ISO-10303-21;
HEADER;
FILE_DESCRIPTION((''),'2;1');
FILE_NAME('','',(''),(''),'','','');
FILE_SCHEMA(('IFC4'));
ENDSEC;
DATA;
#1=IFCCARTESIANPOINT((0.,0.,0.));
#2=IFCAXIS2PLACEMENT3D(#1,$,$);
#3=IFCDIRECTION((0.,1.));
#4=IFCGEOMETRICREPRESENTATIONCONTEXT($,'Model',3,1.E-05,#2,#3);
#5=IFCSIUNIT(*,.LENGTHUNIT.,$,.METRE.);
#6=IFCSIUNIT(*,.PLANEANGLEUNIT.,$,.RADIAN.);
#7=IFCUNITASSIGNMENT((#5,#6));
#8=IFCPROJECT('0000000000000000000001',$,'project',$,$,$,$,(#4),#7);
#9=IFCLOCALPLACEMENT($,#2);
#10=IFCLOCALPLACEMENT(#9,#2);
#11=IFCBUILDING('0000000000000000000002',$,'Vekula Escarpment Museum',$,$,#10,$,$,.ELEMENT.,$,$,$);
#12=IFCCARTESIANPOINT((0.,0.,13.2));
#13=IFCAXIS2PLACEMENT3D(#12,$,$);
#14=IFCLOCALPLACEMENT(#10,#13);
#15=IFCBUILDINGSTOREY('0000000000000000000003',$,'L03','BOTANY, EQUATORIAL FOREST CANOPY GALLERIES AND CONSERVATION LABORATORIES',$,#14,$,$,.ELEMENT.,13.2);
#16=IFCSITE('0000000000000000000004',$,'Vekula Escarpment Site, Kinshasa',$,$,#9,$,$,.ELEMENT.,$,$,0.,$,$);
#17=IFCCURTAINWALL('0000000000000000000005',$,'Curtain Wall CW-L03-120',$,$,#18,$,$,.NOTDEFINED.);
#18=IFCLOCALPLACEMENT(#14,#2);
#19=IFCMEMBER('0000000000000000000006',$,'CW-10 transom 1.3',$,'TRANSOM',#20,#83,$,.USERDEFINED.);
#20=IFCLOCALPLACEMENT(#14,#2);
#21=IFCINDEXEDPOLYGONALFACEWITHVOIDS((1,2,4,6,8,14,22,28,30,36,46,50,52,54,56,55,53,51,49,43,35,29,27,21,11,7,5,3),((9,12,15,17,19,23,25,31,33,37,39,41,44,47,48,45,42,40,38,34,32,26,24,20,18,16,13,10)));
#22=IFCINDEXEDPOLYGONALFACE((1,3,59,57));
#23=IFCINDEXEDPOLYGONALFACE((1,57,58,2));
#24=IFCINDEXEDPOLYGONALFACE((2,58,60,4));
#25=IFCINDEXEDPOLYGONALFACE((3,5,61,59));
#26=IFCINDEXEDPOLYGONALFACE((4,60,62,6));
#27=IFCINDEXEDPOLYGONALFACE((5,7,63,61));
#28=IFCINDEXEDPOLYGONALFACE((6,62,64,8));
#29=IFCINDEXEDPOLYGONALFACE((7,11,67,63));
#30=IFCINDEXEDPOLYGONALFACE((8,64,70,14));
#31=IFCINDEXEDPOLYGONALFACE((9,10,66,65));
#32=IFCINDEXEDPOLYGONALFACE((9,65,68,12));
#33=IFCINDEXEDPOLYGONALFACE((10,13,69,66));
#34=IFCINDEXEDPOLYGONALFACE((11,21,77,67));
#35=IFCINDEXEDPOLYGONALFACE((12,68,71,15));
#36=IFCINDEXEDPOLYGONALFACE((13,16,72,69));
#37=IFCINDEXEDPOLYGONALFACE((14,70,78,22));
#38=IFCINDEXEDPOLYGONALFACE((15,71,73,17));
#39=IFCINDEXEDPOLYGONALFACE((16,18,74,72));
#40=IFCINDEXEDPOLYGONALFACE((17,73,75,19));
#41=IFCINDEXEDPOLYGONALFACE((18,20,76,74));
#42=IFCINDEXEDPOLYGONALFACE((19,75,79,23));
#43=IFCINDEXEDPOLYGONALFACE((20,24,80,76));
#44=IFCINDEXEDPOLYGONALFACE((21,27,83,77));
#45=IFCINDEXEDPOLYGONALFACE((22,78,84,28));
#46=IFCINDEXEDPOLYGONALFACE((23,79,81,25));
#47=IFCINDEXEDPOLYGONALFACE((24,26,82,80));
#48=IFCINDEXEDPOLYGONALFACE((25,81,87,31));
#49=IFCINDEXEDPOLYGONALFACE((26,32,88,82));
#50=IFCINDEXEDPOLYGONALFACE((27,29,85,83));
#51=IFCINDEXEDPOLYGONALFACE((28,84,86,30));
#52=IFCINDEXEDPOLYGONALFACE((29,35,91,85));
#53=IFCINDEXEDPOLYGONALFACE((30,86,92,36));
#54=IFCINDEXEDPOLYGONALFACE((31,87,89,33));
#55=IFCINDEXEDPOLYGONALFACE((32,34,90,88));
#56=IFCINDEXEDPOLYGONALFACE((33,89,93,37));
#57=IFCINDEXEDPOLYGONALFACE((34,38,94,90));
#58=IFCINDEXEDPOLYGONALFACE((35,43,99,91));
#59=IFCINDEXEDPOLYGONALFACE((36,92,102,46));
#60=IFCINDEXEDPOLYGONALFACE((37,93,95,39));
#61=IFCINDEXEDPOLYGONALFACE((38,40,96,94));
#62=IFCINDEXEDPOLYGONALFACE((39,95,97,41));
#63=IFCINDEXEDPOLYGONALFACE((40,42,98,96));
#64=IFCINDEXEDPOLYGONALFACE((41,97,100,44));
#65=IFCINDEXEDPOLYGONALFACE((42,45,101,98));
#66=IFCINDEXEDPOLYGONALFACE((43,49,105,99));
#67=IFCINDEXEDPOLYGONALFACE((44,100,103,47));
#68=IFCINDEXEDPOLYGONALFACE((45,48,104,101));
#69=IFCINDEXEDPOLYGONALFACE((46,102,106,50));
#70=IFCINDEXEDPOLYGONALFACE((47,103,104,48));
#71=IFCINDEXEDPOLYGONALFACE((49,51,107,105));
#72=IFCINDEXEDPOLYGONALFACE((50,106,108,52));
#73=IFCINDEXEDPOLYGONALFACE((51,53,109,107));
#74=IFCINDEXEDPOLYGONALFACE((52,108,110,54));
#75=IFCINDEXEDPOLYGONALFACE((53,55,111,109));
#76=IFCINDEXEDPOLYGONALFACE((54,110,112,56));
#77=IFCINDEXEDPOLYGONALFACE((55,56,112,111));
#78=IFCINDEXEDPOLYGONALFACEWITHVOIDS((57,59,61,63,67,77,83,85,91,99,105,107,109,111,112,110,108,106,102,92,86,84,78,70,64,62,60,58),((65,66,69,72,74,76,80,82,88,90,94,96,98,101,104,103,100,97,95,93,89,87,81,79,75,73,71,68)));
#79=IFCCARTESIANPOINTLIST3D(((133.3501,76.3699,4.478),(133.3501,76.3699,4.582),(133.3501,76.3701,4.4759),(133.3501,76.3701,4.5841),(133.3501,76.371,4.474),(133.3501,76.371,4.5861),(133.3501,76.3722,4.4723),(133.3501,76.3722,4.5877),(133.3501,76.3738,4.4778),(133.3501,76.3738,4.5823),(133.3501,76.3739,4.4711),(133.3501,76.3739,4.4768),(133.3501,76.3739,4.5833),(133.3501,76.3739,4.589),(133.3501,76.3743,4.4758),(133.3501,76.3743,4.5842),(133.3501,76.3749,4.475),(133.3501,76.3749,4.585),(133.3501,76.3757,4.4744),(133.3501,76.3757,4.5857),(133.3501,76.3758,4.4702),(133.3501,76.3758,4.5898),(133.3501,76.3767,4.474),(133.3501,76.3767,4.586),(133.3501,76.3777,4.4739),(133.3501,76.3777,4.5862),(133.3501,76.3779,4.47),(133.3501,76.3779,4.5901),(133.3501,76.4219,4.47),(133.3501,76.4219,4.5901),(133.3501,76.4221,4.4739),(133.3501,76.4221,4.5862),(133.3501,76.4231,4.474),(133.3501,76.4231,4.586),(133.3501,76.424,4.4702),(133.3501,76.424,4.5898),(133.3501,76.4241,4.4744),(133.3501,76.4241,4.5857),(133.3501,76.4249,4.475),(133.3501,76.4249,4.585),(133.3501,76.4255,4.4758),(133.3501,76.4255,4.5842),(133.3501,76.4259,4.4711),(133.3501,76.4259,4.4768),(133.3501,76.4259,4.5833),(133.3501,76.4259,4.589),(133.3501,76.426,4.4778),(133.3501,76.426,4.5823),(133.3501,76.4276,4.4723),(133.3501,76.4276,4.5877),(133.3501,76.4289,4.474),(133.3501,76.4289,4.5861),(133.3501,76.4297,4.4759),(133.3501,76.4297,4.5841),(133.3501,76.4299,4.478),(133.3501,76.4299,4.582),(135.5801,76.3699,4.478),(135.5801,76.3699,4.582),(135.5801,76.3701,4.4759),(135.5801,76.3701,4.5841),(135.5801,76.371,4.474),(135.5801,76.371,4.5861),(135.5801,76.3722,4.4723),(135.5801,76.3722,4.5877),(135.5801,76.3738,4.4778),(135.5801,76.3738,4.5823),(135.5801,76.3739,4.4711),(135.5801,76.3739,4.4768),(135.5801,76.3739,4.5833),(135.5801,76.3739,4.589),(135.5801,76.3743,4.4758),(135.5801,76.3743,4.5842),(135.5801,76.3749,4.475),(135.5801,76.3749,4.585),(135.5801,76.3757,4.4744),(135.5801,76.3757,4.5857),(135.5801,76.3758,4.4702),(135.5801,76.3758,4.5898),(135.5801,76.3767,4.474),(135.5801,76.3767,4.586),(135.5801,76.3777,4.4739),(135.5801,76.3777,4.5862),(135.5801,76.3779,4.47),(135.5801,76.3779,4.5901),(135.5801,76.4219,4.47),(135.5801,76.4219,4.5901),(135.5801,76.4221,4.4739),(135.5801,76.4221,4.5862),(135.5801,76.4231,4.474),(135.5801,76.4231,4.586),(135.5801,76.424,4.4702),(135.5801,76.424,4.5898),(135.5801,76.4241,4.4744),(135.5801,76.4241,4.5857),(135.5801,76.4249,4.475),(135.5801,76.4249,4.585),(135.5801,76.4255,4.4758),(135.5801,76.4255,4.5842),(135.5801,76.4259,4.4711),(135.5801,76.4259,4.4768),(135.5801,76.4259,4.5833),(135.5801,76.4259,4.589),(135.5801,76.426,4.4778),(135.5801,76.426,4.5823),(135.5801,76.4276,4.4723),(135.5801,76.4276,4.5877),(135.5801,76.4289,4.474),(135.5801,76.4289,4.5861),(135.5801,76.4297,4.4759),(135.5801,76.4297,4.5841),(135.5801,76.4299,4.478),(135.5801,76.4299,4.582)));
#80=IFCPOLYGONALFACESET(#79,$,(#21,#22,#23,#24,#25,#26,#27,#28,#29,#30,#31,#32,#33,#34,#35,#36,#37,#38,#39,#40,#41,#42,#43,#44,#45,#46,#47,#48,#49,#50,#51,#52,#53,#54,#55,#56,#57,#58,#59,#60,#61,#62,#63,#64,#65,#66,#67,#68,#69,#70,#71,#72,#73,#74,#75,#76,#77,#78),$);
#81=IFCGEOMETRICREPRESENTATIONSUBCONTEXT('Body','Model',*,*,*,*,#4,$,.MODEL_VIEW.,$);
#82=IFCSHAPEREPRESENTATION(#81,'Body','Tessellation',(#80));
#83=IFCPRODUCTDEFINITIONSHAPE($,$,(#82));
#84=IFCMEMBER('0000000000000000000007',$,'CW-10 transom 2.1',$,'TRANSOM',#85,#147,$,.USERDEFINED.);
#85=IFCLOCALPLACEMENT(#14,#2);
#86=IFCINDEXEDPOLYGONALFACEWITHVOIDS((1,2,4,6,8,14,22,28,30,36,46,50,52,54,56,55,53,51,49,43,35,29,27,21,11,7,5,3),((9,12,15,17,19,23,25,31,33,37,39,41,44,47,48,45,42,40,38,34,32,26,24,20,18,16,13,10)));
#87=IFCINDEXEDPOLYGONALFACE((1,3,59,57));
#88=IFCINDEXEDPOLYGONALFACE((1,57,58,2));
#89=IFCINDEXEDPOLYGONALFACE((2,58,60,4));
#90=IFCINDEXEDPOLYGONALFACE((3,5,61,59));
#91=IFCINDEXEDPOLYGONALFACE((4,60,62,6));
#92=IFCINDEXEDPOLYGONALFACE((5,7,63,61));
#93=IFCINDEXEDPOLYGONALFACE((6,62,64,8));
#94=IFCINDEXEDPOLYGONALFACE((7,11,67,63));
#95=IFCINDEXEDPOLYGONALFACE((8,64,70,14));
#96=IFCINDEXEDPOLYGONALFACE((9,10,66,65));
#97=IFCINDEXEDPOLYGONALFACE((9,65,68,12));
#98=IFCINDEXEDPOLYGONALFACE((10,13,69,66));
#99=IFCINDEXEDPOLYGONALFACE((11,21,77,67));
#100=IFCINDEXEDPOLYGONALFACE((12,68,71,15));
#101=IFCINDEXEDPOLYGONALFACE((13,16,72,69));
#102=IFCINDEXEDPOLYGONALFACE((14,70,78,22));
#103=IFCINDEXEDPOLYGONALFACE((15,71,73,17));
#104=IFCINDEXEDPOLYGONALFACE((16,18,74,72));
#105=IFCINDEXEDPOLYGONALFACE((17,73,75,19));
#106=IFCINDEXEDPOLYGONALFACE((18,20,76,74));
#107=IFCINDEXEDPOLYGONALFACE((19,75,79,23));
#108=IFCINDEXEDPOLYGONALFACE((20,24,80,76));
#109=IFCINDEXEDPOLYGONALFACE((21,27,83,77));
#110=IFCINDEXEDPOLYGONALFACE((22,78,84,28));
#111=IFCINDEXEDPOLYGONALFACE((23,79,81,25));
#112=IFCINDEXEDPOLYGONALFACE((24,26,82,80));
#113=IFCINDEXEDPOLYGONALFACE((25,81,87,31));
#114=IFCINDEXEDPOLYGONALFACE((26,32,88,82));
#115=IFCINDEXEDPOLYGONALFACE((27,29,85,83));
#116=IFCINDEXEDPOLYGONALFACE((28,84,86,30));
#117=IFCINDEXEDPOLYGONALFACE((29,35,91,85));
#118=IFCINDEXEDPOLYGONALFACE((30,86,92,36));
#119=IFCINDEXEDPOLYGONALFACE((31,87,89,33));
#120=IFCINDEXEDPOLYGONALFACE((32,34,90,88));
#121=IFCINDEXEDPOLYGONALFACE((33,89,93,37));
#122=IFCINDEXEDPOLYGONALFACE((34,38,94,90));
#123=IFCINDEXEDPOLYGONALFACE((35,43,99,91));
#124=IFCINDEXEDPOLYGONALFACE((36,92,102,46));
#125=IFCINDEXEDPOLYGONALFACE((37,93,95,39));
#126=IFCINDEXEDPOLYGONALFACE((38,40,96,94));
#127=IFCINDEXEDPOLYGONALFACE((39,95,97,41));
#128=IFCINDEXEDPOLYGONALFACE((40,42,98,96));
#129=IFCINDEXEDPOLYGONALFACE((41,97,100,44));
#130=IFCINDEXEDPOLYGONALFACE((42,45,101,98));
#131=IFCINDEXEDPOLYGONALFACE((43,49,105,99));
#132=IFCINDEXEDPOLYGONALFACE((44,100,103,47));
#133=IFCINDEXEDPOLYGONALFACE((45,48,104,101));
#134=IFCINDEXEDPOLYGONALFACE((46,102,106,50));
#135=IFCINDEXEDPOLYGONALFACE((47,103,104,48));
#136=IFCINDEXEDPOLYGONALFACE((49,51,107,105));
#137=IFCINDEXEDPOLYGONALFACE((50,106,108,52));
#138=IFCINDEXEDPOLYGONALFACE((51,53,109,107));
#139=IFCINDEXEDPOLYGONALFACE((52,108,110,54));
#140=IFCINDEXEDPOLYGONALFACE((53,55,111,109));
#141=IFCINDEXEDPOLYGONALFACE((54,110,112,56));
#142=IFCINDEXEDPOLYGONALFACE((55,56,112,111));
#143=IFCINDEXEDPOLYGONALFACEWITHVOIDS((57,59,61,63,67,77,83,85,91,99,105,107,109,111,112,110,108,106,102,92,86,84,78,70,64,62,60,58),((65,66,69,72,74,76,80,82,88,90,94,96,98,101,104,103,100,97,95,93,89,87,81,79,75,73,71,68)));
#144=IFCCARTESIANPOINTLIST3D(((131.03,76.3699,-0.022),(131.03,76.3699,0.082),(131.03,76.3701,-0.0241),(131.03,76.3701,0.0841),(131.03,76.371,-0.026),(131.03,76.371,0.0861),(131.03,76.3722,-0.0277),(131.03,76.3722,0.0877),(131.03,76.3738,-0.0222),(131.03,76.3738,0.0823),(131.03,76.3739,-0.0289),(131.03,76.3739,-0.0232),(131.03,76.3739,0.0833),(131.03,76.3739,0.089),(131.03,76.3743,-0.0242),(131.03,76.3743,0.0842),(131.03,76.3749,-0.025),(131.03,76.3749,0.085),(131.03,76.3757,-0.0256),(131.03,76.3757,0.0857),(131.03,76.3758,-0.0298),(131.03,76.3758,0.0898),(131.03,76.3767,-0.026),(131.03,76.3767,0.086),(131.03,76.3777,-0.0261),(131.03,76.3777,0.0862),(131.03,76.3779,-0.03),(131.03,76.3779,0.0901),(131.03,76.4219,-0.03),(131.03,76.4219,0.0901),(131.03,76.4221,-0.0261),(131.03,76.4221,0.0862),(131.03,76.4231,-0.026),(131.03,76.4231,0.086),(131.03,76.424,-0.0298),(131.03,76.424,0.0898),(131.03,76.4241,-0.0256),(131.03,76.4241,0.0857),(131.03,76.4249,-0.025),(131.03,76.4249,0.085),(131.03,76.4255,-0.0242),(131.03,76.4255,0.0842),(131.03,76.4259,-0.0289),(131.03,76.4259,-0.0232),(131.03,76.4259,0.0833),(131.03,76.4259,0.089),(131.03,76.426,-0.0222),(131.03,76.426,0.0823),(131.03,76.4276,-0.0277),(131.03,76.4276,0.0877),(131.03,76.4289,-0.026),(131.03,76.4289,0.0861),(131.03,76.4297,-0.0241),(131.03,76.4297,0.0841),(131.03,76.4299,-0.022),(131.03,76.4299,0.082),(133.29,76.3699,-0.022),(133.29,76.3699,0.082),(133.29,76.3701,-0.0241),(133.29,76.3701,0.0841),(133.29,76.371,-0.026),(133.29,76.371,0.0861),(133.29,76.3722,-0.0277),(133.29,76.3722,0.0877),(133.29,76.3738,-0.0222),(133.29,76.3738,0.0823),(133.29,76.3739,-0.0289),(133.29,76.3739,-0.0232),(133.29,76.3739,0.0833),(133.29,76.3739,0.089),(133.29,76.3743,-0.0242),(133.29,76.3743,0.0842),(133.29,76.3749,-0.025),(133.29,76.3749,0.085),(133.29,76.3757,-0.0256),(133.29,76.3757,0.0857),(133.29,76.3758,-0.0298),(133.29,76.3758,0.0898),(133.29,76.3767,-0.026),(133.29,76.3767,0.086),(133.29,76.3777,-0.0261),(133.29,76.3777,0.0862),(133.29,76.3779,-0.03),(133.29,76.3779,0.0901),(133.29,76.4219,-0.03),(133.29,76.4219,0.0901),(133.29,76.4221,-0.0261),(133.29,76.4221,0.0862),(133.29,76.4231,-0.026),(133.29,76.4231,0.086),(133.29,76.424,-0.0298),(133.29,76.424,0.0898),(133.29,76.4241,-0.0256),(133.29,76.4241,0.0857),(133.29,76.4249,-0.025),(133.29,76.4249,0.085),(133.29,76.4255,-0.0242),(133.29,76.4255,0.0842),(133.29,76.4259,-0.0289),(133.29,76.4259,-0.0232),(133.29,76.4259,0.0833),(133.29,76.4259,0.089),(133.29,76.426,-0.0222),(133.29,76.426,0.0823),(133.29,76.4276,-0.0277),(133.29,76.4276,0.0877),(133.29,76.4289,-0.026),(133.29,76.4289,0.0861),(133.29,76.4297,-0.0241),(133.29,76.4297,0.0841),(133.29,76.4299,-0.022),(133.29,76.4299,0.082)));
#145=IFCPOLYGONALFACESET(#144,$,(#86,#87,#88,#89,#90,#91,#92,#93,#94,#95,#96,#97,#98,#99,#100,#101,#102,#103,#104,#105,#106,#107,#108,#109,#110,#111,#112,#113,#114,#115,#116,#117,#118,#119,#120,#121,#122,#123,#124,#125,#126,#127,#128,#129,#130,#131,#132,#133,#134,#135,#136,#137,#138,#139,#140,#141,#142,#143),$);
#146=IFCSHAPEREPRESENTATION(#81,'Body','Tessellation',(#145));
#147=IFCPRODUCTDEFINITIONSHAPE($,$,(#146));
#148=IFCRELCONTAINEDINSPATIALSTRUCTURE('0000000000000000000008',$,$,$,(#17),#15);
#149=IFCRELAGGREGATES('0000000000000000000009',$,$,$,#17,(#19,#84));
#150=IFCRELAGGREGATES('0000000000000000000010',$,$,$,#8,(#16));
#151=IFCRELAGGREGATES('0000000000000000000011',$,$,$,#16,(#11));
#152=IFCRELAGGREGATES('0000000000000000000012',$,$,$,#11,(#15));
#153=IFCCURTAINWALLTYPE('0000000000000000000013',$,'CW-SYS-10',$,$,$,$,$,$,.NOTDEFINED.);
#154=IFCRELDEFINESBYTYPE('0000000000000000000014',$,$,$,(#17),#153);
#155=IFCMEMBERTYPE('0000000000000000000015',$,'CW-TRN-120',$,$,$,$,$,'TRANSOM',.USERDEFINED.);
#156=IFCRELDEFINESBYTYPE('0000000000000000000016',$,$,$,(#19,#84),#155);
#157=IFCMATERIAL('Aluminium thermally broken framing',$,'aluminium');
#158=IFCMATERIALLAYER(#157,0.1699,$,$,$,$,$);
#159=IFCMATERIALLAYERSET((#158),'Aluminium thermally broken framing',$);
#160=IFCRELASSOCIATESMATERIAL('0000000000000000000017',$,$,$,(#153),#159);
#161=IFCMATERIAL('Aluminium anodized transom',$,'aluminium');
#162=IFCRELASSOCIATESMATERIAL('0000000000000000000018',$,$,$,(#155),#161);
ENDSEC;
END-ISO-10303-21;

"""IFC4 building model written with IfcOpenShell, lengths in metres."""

from ifc_helpers import new_model, si_unit, direction, frame, origin, origin_2d, place, context, subcontext, project, spatial, hollow_rectangle, extrude, material, layer, layer_set, material_profile, profile_set, type_object, element, aggregate, save


model = new_model("IFC4")

# Units and contexts
model_context = context("Model", 3, precision=1e-05, world=origin(), true_north=direction((0.0, 1.0)))
body_context = subcontext(model_context, "Body", "Model", "MODEL_VIEW")
ifc_project = project(units=[si_unit("LENGTHUNIT", "METRE"), si_unit("PLANEANGLEUNIT", "RADIAN")], contexts=[model_context])

# Site, building, storey
site_placement = place(None, origin())
site = spatial("IfcSite", under=ifc_project, at=site_placement, Name="Vekula Escarpment Site, Kinshasa", CompositionType="ELEMENT", RefElevation=0.0)
building_placement = place(site_placement, origin())
building = spatial("IfcBuilding", under=site, at=building_placement, Name="Vekula Escarpment Museum", CompositionType="ELEMENT")
storey_placement = place(building_placement, frame((0.0, 0.0, 13.2)))
storey = spatial("IfcBuildingStorey", under=building, at=storey_placement, Name="L03", Description="BOTANY, EQUATORIAL FOREST CANOPY GALLERIES AND CONSERVATION LABORATORIES", CompositionType="ELEMENT", Elevation=13.2)

# Curtain wall
ifc_material_1 = material(Name="Aluminium thermally broken framing", Category="aluminium")
ifc_layer_1 = layer(ifc_material_1, 0.1699)
ifc_layer_set_1 = layer_set([ifc_layer_1], Name="Aluminium thermally broken framing")
curtain_wall_type_1 = type_object("IfcCurtainWallType", Name="CW-SYS-10", PredefinedType="NOTDEFINED", material=ifc_layer_set_1)
curtain_wall_1_placement = place(storey_placement, origin())
curtain_wall_1 = element("IfcCurtainWall", 1, at=curtain_wall_1_placement, inside=storey, type_object=curtain_wall_type_1, Name="Curtain Wall CW-L03-120", PredefinedType="NOTDEFINED")

# Members
ifc_material_2 = material(Name="Aluminium anodized transom", Category="aluminium")
ifc_material_profile_1 = material_profile(ifc_material_2, hollow_rectangle(XDim=0.0601, YDim=0.1201, WallThickness=0.0039, InnerFilletRadius=0.0039, OuterFilletRadius=0.0081, at=origin_2d()), Name="ALU 120x60x4")
ifc_profile_set_1 = profile_set([ifc_material_profile_1], Name="Aluminium anodized transom")
member_type_1 = type_object("IfcMemberType", Name="CW-TRN-120", ElementType="TRANSOM", PredefinedType="USERDEFINED", material=ifc_profile_set_1)
member_1_placement = place(storey_placement, frame((135.5801, 76.3999, 4.53), z_axis=(-1.0, 0.0, 0.0), x_axis=(0.0, -1.0, 0.0)))
member_1 = element("IfcMember", 2, at=member_1_placement, type_object=member_type_1, Name="CW-10 transom 1.3", ObjectType="TRANSOM", PredefinedType="USERDEFINED", context=body_context, shape_type="SweptSolid", body=[
    extrude(hollow_rectangle(XDim=0.0601, YDim=0.1201, WallThickness=0.0039, InnerFilletRadius=0.0039, OuterFilletRadius=0.0081, at=origin_2d()), origin(), (0.0, 0.0, 1.0), 2.23),
])
member_2_placement = place(storey_placement, frame((133.29, 76.3999, 0.03), z_axis=(-1.0, 0.0, 0.0), x_axis=(0.0, -1.0, 0.0)))
member_2 = element("IfcMember", 3, at=member_2_placement, type_object=member_type_1, Name="CW-10 transom 2.1", ObjectType="TRANSOM", PredefinedType="USERDEFINED", context=body_context, shape_type="SweptSolid", body=[
    extrude(hollow_rectangle(XDim=0.0601, YDim=0.1201, WallThickness=0.0039, InnerFilletRadius=0.0039, OuterFilletRadius=0.0081, at=origin_2d()), origin(), (0.0, 0.0, 1.0), 2.26),
])

aggregate(curtain_wall_1, [member_1, member_2])

save(model, "model.ifc")
